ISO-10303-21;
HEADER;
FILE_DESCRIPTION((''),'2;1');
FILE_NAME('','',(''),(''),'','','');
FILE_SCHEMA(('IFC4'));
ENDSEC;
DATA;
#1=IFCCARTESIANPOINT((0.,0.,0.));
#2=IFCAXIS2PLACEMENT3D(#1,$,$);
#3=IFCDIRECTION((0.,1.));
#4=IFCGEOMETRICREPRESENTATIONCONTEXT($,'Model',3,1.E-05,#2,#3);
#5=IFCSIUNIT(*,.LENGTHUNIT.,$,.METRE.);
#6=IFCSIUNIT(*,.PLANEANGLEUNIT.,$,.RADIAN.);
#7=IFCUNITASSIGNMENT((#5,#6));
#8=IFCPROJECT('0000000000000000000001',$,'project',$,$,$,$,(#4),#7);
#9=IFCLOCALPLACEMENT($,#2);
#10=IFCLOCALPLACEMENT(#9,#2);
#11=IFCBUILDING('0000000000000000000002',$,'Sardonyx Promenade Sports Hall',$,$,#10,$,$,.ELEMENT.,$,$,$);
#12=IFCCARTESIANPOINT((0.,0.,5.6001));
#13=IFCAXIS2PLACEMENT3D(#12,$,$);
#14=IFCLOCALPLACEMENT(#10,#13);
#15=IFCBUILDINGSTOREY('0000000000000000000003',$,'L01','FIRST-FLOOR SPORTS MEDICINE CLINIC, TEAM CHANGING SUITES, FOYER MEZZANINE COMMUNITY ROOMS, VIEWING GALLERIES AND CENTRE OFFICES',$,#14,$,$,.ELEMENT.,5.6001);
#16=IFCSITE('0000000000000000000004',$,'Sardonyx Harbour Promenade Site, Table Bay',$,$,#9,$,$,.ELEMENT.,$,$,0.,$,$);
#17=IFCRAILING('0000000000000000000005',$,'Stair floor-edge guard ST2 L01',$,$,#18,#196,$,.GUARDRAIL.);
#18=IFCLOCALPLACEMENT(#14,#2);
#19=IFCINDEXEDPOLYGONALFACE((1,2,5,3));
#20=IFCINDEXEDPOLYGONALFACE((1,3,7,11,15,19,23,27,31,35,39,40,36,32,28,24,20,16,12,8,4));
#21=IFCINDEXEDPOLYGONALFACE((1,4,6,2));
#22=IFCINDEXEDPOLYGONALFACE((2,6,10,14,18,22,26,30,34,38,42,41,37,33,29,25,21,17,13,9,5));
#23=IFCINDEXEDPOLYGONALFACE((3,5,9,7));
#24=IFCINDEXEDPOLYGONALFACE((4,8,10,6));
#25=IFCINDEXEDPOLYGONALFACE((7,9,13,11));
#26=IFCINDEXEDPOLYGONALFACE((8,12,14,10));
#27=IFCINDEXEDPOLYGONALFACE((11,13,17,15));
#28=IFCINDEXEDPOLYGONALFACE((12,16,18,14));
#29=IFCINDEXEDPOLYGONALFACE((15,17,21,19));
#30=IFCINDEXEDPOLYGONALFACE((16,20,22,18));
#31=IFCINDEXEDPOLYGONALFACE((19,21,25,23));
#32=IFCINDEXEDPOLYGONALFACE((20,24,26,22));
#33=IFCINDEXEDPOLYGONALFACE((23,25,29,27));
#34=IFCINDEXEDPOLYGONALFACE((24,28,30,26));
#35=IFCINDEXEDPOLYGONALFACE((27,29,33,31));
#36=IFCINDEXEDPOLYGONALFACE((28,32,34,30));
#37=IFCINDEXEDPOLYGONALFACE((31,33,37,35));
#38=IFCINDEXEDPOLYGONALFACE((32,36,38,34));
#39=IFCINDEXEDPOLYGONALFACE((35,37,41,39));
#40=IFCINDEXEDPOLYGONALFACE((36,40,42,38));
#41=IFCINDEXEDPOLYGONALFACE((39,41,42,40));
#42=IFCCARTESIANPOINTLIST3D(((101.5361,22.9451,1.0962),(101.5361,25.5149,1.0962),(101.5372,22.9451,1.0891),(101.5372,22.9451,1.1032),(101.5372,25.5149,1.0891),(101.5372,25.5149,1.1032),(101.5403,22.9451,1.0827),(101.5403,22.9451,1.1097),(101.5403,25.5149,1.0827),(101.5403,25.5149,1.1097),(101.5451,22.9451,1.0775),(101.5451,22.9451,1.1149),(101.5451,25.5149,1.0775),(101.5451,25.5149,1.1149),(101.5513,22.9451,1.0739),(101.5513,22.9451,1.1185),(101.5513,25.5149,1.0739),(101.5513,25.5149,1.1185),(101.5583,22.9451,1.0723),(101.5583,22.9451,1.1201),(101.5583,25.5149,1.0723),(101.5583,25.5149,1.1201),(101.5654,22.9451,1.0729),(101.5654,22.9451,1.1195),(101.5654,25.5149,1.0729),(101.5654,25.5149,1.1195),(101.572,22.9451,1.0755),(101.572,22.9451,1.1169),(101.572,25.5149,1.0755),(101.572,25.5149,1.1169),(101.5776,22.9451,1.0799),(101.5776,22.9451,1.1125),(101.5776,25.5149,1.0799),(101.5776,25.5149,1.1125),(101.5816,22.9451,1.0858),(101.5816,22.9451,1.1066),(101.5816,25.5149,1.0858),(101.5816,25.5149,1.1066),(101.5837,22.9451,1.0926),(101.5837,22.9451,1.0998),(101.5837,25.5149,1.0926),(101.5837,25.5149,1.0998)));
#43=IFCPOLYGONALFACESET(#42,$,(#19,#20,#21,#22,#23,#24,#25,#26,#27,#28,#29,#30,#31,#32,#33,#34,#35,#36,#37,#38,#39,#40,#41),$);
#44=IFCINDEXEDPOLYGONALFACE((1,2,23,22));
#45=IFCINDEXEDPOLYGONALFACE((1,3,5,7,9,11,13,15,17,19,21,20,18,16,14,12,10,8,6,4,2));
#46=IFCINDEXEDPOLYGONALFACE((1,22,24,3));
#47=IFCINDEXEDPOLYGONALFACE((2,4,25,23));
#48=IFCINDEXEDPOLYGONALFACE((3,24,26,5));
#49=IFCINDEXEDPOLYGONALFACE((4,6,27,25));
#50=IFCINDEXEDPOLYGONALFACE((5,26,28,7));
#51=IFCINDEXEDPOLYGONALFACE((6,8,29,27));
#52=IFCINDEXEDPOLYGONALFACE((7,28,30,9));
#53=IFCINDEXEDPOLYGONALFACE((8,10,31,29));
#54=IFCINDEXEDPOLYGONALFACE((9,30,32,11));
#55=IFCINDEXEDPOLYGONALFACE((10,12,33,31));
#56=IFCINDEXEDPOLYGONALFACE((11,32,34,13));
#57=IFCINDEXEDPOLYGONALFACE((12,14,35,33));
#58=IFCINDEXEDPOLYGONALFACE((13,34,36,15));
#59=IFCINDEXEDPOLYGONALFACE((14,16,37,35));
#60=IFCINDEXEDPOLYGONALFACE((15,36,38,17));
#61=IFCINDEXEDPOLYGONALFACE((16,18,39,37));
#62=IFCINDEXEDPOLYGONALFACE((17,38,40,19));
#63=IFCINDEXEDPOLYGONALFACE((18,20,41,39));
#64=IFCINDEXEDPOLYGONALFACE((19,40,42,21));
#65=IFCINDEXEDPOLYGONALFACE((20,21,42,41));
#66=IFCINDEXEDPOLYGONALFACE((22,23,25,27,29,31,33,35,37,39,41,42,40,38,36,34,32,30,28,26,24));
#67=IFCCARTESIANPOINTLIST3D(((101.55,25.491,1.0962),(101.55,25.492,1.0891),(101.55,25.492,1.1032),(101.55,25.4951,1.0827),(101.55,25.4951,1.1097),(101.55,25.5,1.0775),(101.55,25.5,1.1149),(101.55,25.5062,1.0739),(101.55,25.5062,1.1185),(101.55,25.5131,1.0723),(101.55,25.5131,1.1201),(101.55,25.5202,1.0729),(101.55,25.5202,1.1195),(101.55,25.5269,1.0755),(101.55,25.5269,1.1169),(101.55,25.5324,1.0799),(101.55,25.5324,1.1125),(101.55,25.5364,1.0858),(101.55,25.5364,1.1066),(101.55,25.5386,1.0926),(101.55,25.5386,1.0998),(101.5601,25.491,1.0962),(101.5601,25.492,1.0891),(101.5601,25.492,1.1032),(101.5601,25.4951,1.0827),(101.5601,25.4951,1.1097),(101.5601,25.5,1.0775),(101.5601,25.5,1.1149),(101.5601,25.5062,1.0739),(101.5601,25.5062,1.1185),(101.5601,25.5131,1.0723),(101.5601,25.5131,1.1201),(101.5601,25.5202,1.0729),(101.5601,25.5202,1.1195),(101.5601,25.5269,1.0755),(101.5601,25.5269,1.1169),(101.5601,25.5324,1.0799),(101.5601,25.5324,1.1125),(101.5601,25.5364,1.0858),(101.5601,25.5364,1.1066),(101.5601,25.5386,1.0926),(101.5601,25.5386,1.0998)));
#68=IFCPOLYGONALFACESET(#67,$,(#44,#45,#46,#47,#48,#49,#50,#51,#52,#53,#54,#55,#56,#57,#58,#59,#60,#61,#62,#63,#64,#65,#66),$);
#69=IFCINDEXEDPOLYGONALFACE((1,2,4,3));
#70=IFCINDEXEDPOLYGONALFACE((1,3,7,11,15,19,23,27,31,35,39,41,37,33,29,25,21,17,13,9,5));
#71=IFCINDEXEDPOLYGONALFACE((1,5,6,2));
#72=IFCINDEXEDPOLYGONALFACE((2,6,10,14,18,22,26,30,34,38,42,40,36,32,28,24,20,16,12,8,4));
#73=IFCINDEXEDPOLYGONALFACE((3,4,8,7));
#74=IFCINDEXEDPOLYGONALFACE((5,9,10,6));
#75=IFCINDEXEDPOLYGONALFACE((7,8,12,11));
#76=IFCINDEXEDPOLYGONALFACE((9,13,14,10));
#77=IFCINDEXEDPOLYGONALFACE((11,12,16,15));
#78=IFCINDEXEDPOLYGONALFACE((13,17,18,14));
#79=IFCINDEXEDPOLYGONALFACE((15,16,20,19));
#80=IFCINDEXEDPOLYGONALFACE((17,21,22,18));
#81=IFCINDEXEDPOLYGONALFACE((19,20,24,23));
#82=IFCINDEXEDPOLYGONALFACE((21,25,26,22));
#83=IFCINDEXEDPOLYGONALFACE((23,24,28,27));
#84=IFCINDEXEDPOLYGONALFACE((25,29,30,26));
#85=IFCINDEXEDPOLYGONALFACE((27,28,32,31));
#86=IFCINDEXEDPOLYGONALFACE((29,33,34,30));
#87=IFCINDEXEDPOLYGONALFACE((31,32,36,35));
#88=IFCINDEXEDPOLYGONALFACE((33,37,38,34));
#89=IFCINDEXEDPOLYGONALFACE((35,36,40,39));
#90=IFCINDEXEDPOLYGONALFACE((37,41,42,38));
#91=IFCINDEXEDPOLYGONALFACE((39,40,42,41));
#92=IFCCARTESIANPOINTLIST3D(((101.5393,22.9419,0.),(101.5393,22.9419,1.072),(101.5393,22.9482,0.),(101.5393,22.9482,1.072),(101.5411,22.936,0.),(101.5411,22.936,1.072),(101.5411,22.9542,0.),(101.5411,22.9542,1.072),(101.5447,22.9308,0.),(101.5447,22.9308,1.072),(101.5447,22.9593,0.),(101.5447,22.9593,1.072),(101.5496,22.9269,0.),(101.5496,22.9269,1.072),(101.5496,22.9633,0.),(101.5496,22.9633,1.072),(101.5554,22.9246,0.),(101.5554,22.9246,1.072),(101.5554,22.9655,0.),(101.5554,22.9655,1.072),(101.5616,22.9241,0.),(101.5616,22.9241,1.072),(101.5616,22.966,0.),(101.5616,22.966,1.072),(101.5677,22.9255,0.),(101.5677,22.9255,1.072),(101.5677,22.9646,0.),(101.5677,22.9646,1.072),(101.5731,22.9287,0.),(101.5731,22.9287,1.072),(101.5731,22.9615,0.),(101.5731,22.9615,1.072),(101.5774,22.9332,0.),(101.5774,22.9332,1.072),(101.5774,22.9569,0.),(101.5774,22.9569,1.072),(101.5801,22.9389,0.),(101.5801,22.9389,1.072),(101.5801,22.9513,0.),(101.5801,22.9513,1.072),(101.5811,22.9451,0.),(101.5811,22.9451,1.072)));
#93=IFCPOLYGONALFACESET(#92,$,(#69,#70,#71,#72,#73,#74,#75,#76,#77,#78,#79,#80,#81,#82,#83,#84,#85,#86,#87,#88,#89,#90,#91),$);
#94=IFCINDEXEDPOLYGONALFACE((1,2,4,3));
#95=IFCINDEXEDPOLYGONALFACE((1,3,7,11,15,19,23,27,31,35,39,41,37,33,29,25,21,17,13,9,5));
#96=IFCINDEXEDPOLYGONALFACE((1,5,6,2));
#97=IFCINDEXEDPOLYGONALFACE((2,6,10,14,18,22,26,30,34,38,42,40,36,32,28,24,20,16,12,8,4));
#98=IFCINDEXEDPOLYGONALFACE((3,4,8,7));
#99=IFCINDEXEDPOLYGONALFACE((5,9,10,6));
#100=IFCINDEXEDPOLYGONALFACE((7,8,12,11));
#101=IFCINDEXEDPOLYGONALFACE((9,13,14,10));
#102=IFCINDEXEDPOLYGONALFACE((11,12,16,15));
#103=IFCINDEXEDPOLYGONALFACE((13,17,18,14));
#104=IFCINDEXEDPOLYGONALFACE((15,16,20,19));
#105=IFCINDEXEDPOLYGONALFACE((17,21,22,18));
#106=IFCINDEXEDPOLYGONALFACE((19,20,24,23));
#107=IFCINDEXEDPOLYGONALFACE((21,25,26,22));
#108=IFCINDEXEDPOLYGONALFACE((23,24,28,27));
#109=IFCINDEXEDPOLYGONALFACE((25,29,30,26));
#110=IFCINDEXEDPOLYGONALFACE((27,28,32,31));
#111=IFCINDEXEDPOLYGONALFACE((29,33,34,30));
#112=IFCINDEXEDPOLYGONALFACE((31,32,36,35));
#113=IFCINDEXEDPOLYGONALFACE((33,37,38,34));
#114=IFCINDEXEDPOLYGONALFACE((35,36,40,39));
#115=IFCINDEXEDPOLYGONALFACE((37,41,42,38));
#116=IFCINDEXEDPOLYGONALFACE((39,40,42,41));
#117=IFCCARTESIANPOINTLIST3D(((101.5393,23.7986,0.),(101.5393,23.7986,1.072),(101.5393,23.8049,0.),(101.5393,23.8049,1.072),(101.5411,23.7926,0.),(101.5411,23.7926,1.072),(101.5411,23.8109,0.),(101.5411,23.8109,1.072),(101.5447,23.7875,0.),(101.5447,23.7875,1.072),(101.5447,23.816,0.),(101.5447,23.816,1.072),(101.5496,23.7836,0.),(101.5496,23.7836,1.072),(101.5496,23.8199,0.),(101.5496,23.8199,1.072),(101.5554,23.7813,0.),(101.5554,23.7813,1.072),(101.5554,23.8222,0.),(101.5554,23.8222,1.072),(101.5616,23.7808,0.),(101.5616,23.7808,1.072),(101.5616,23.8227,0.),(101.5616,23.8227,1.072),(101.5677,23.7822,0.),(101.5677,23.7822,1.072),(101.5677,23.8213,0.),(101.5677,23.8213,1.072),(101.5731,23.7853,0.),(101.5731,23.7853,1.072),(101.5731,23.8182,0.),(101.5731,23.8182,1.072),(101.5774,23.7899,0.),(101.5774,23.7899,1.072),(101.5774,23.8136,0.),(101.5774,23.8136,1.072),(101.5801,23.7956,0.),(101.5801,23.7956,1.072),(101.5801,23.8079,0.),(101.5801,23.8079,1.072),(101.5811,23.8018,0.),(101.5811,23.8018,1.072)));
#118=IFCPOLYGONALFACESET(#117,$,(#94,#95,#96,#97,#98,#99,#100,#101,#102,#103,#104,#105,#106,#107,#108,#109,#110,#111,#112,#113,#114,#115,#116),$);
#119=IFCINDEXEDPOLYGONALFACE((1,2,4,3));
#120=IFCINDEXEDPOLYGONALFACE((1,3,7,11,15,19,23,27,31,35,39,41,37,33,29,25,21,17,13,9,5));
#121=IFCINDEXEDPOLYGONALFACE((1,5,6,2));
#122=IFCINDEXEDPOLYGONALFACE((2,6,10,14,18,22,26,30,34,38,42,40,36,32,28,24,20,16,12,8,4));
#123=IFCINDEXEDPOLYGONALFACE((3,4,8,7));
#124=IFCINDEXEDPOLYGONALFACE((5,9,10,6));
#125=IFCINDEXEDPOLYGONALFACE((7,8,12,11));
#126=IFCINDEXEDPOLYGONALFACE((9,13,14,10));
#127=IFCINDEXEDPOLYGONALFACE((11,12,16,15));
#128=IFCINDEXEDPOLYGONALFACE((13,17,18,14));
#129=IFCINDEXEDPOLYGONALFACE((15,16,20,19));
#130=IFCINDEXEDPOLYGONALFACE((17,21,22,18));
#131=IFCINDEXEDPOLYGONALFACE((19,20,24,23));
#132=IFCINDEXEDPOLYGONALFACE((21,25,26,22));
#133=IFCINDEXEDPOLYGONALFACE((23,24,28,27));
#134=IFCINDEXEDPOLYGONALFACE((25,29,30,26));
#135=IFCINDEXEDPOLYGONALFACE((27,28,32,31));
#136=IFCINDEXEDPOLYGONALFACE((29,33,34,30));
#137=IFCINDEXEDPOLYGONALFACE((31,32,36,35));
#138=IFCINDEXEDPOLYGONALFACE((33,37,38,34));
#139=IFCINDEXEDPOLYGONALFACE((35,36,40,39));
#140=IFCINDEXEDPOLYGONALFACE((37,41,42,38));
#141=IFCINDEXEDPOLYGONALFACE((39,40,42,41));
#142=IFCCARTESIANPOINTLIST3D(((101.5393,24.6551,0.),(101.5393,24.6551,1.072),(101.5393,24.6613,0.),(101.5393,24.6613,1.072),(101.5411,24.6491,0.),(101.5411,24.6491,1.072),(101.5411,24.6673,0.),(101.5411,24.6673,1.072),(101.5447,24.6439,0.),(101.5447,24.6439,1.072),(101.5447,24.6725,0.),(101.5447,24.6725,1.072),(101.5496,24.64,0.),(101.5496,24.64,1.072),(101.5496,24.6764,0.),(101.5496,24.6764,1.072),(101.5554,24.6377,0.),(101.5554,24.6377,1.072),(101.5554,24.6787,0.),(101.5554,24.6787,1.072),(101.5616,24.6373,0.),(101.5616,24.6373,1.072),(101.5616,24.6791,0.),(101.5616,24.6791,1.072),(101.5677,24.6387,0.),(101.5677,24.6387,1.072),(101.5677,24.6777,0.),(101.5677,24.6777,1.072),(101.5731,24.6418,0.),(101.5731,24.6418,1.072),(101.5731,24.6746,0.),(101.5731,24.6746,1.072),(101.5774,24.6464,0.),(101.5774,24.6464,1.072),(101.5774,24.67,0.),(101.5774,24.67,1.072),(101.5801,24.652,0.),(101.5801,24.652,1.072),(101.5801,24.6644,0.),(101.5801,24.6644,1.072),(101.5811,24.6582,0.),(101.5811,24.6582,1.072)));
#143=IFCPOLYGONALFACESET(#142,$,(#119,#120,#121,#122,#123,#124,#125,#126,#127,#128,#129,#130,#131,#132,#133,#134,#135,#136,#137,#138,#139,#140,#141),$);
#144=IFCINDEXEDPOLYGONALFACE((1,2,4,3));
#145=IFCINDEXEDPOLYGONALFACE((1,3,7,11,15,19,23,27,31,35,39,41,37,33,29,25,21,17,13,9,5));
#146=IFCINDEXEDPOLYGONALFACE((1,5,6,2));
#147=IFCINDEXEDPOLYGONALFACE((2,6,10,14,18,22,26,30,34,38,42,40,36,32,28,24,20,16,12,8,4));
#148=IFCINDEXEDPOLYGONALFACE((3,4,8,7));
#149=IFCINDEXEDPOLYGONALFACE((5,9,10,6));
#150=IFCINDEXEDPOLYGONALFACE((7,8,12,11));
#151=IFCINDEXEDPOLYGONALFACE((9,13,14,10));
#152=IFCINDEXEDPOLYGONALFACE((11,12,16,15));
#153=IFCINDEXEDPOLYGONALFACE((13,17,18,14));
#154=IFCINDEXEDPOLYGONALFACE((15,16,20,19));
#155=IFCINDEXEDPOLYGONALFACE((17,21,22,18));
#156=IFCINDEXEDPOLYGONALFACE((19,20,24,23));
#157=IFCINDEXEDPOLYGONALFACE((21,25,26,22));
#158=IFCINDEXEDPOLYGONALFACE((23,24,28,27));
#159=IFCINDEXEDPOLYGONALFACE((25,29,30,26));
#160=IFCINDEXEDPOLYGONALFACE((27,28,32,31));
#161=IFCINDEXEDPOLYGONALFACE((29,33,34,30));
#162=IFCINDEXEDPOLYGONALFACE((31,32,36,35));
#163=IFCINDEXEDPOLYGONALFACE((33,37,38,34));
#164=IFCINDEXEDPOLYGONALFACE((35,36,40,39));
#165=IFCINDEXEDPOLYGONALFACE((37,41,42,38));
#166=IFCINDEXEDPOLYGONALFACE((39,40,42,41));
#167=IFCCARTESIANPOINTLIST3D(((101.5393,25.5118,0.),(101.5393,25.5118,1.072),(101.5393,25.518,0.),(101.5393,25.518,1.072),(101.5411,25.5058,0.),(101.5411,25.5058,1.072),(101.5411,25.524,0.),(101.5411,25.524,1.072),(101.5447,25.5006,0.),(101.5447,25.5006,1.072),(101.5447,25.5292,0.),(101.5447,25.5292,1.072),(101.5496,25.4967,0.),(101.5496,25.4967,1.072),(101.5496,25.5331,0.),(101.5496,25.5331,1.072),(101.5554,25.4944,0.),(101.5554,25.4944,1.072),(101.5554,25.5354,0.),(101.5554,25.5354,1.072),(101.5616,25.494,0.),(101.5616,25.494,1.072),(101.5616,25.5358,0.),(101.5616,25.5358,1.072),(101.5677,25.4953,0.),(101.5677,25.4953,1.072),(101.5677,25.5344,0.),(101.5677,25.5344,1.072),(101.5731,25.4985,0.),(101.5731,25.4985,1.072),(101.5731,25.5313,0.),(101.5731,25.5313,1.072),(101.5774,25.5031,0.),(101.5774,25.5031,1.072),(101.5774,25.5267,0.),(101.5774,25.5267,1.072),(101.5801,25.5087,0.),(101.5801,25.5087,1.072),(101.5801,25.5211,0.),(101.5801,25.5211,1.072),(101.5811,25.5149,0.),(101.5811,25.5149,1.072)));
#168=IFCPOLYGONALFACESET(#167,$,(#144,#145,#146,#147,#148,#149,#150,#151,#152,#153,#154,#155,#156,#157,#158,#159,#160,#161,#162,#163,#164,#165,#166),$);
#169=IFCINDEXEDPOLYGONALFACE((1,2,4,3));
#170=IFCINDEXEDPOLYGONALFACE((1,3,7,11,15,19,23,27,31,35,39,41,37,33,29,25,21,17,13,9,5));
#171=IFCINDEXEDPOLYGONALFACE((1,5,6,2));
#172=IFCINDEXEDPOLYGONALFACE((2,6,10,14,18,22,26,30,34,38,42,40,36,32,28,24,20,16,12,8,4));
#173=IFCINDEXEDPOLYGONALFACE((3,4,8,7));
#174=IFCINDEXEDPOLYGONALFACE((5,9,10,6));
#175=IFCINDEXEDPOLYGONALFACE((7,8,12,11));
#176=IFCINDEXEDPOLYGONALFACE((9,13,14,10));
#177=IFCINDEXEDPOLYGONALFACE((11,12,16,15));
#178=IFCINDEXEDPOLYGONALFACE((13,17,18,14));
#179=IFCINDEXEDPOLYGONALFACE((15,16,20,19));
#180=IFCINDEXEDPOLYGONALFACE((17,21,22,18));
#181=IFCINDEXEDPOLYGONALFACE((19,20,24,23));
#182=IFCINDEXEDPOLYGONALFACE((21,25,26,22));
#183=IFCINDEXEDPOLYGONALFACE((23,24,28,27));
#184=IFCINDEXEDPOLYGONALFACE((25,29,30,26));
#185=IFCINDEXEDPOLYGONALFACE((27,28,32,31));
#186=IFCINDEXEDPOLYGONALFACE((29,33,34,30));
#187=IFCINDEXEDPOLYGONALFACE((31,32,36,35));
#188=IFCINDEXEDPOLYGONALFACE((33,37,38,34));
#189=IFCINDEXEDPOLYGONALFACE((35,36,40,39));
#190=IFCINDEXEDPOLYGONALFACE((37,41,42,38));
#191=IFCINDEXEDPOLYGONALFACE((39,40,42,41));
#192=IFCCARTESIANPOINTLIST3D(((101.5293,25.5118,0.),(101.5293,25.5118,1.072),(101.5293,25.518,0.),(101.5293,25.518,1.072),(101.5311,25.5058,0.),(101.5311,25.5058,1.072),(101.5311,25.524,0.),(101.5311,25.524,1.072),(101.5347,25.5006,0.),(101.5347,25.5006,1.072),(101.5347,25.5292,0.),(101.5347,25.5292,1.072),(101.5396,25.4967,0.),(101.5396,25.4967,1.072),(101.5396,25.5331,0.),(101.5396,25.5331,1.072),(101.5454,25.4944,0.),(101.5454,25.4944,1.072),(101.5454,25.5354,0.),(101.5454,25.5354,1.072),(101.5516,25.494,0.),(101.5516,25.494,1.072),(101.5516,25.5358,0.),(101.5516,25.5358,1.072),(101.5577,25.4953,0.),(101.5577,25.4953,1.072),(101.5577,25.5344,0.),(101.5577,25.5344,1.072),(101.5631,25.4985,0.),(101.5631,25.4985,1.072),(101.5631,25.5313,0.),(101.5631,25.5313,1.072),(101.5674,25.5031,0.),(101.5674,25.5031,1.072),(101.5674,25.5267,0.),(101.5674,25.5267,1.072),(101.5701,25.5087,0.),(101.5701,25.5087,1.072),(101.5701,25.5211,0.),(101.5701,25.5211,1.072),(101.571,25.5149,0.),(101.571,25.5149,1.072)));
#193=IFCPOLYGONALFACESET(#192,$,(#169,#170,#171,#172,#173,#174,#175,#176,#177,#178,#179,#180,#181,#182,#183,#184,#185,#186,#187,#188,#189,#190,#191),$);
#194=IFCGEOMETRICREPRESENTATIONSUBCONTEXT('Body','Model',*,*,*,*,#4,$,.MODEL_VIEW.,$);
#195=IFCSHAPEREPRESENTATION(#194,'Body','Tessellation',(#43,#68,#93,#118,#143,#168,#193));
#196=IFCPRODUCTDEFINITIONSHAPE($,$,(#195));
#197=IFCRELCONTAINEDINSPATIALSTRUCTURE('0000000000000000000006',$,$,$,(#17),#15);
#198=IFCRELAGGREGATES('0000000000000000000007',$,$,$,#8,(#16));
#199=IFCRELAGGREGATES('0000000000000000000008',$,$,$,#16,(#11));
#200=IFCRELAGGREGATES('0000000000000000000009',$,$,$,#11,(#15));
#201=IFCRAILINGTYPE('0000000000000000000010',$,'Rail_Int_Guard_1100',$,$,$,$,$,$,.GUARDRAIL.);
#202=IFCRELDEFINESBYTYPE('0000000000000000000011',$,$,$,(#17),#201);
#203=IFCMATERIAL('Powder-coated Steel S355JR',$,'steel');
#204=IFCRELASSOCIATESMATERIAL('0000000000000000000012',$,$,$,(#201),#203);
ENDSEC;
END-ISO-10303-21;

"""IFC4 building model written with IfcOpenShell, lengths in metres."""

from ifc_helpers import new_model, si_unit, direction, frame, origin, origin_2d, place, context, subcontext, project, spatial, circle, extrude, material, type_object, element, save


model = new_model("IFC4")

# Units and contexts
model_context = context("Model", 3, precision=1e-05, world=origin(), true_north=direction((0.0, 1.0)))
body_context = subcontext(model_context, "Body", "Model", "MODEL_VIEW")
ifc_project = project(units=[si_unit("LENGTHUNIT", "METRE"), si_unit("PLANEANGLEUNIT", "RADIAN")], contexts=[model_context])

# Site, building, storey
site_placement = place(None, origin())
site = spatial("IfcSite", under=ifc_project, at=site_placement, Name="Sardonyx Harbour Promenade Site, Table Bay", CompositionType="ELEMENT", RefElevation=0.0)
building_placement = place(site_placement, origin())
building = spatial("IfcBuilding", under=site, at=building_placement, Name="Sardonyx Promenade Sports Hall", CompositionType="ELEMENT")
storey_placement = place(building_placement, frame((0.0, 0.0, 5.6001)))
storey = spatial("IfcBuildingStorey", under=building, at=storey_placement, Name="L01", Description="FIRST-FLOOR SPORTS MEDICINE CLINIC, TEAM CHANGING SUITES, FOYER MEZZANINE COMMUNITY ROOMS, VIEWING GALLERIES AND CENTRE OFFICES", CompositionType="ELEMENT", Elevation=5.6001)

# Railing
ifc_material_1 = material(Name="Powder-coated Steel S355JR", Category="steel")
railing_type_1 = type_object("IfcRailingType", Name="Rail_Int_Guard_1100", PredefinedType="GUARDRAIL", material=ifc_material_1)
railing_1_placement = place(storey_placement, frame((101.5601, 22.9451, 0.0)))
element("IfcRailing", 1, at=railing_1_placement, inside=storey, type_object=railing_type_1, Name="Stair floor-edge guard ST2 L01", PredefinedType="GUARDRAIL", context=body_context, shape_type="SweptSolid", body=[
    extrude(circle(Radius=0.0239, at=origin_2d()), frame((0.0, 0.0, 1.0962), z_axis=(0.0, 1.0, 0.0), x_axis=(-1.0, 0.0, 0.0)), (0.0, 0.0, 1.0), 2.5698),
    extrude(circle(Radius=0.0239, at=origin_2d()), frame((0.0, 2.5698, 1.0962), z_axis=(-1.0, 0.0, 0.0), x_axis=(0.0, -1.0, 0.0)), (0.0, 0.0, 1.0), 0.01),
    extrude(circle(Radius=0.021, at=origin_2d()), origin(), (0.0, 0.0, 1.0), 1.072),
    extrude(circle(Radius=0.021, at=origin_2d()), frame((0.0, 0.8567, 0.0)), (0.0, 0.0, 1.0), 1.072),
    extrude(circle(Radius=0.021, at=origin_2d()), frame((0.0, 1.7131, 0.0)), (0.0, 0.0, 1.0), 1.072),
    extrude(circle(Radius=0.021, at=origin_2d()), frame((0.0, 2.5698, 0.0)), (0.0, 0.0, 1.0), 1.072),
    extrude(circle(Radius=0.021, at=origin_2d()), frame((-0.01, 2.5698, 0.0)), (0.0, 0.0, 1.0), 1.072),
])

save(model, "model.ifc")
